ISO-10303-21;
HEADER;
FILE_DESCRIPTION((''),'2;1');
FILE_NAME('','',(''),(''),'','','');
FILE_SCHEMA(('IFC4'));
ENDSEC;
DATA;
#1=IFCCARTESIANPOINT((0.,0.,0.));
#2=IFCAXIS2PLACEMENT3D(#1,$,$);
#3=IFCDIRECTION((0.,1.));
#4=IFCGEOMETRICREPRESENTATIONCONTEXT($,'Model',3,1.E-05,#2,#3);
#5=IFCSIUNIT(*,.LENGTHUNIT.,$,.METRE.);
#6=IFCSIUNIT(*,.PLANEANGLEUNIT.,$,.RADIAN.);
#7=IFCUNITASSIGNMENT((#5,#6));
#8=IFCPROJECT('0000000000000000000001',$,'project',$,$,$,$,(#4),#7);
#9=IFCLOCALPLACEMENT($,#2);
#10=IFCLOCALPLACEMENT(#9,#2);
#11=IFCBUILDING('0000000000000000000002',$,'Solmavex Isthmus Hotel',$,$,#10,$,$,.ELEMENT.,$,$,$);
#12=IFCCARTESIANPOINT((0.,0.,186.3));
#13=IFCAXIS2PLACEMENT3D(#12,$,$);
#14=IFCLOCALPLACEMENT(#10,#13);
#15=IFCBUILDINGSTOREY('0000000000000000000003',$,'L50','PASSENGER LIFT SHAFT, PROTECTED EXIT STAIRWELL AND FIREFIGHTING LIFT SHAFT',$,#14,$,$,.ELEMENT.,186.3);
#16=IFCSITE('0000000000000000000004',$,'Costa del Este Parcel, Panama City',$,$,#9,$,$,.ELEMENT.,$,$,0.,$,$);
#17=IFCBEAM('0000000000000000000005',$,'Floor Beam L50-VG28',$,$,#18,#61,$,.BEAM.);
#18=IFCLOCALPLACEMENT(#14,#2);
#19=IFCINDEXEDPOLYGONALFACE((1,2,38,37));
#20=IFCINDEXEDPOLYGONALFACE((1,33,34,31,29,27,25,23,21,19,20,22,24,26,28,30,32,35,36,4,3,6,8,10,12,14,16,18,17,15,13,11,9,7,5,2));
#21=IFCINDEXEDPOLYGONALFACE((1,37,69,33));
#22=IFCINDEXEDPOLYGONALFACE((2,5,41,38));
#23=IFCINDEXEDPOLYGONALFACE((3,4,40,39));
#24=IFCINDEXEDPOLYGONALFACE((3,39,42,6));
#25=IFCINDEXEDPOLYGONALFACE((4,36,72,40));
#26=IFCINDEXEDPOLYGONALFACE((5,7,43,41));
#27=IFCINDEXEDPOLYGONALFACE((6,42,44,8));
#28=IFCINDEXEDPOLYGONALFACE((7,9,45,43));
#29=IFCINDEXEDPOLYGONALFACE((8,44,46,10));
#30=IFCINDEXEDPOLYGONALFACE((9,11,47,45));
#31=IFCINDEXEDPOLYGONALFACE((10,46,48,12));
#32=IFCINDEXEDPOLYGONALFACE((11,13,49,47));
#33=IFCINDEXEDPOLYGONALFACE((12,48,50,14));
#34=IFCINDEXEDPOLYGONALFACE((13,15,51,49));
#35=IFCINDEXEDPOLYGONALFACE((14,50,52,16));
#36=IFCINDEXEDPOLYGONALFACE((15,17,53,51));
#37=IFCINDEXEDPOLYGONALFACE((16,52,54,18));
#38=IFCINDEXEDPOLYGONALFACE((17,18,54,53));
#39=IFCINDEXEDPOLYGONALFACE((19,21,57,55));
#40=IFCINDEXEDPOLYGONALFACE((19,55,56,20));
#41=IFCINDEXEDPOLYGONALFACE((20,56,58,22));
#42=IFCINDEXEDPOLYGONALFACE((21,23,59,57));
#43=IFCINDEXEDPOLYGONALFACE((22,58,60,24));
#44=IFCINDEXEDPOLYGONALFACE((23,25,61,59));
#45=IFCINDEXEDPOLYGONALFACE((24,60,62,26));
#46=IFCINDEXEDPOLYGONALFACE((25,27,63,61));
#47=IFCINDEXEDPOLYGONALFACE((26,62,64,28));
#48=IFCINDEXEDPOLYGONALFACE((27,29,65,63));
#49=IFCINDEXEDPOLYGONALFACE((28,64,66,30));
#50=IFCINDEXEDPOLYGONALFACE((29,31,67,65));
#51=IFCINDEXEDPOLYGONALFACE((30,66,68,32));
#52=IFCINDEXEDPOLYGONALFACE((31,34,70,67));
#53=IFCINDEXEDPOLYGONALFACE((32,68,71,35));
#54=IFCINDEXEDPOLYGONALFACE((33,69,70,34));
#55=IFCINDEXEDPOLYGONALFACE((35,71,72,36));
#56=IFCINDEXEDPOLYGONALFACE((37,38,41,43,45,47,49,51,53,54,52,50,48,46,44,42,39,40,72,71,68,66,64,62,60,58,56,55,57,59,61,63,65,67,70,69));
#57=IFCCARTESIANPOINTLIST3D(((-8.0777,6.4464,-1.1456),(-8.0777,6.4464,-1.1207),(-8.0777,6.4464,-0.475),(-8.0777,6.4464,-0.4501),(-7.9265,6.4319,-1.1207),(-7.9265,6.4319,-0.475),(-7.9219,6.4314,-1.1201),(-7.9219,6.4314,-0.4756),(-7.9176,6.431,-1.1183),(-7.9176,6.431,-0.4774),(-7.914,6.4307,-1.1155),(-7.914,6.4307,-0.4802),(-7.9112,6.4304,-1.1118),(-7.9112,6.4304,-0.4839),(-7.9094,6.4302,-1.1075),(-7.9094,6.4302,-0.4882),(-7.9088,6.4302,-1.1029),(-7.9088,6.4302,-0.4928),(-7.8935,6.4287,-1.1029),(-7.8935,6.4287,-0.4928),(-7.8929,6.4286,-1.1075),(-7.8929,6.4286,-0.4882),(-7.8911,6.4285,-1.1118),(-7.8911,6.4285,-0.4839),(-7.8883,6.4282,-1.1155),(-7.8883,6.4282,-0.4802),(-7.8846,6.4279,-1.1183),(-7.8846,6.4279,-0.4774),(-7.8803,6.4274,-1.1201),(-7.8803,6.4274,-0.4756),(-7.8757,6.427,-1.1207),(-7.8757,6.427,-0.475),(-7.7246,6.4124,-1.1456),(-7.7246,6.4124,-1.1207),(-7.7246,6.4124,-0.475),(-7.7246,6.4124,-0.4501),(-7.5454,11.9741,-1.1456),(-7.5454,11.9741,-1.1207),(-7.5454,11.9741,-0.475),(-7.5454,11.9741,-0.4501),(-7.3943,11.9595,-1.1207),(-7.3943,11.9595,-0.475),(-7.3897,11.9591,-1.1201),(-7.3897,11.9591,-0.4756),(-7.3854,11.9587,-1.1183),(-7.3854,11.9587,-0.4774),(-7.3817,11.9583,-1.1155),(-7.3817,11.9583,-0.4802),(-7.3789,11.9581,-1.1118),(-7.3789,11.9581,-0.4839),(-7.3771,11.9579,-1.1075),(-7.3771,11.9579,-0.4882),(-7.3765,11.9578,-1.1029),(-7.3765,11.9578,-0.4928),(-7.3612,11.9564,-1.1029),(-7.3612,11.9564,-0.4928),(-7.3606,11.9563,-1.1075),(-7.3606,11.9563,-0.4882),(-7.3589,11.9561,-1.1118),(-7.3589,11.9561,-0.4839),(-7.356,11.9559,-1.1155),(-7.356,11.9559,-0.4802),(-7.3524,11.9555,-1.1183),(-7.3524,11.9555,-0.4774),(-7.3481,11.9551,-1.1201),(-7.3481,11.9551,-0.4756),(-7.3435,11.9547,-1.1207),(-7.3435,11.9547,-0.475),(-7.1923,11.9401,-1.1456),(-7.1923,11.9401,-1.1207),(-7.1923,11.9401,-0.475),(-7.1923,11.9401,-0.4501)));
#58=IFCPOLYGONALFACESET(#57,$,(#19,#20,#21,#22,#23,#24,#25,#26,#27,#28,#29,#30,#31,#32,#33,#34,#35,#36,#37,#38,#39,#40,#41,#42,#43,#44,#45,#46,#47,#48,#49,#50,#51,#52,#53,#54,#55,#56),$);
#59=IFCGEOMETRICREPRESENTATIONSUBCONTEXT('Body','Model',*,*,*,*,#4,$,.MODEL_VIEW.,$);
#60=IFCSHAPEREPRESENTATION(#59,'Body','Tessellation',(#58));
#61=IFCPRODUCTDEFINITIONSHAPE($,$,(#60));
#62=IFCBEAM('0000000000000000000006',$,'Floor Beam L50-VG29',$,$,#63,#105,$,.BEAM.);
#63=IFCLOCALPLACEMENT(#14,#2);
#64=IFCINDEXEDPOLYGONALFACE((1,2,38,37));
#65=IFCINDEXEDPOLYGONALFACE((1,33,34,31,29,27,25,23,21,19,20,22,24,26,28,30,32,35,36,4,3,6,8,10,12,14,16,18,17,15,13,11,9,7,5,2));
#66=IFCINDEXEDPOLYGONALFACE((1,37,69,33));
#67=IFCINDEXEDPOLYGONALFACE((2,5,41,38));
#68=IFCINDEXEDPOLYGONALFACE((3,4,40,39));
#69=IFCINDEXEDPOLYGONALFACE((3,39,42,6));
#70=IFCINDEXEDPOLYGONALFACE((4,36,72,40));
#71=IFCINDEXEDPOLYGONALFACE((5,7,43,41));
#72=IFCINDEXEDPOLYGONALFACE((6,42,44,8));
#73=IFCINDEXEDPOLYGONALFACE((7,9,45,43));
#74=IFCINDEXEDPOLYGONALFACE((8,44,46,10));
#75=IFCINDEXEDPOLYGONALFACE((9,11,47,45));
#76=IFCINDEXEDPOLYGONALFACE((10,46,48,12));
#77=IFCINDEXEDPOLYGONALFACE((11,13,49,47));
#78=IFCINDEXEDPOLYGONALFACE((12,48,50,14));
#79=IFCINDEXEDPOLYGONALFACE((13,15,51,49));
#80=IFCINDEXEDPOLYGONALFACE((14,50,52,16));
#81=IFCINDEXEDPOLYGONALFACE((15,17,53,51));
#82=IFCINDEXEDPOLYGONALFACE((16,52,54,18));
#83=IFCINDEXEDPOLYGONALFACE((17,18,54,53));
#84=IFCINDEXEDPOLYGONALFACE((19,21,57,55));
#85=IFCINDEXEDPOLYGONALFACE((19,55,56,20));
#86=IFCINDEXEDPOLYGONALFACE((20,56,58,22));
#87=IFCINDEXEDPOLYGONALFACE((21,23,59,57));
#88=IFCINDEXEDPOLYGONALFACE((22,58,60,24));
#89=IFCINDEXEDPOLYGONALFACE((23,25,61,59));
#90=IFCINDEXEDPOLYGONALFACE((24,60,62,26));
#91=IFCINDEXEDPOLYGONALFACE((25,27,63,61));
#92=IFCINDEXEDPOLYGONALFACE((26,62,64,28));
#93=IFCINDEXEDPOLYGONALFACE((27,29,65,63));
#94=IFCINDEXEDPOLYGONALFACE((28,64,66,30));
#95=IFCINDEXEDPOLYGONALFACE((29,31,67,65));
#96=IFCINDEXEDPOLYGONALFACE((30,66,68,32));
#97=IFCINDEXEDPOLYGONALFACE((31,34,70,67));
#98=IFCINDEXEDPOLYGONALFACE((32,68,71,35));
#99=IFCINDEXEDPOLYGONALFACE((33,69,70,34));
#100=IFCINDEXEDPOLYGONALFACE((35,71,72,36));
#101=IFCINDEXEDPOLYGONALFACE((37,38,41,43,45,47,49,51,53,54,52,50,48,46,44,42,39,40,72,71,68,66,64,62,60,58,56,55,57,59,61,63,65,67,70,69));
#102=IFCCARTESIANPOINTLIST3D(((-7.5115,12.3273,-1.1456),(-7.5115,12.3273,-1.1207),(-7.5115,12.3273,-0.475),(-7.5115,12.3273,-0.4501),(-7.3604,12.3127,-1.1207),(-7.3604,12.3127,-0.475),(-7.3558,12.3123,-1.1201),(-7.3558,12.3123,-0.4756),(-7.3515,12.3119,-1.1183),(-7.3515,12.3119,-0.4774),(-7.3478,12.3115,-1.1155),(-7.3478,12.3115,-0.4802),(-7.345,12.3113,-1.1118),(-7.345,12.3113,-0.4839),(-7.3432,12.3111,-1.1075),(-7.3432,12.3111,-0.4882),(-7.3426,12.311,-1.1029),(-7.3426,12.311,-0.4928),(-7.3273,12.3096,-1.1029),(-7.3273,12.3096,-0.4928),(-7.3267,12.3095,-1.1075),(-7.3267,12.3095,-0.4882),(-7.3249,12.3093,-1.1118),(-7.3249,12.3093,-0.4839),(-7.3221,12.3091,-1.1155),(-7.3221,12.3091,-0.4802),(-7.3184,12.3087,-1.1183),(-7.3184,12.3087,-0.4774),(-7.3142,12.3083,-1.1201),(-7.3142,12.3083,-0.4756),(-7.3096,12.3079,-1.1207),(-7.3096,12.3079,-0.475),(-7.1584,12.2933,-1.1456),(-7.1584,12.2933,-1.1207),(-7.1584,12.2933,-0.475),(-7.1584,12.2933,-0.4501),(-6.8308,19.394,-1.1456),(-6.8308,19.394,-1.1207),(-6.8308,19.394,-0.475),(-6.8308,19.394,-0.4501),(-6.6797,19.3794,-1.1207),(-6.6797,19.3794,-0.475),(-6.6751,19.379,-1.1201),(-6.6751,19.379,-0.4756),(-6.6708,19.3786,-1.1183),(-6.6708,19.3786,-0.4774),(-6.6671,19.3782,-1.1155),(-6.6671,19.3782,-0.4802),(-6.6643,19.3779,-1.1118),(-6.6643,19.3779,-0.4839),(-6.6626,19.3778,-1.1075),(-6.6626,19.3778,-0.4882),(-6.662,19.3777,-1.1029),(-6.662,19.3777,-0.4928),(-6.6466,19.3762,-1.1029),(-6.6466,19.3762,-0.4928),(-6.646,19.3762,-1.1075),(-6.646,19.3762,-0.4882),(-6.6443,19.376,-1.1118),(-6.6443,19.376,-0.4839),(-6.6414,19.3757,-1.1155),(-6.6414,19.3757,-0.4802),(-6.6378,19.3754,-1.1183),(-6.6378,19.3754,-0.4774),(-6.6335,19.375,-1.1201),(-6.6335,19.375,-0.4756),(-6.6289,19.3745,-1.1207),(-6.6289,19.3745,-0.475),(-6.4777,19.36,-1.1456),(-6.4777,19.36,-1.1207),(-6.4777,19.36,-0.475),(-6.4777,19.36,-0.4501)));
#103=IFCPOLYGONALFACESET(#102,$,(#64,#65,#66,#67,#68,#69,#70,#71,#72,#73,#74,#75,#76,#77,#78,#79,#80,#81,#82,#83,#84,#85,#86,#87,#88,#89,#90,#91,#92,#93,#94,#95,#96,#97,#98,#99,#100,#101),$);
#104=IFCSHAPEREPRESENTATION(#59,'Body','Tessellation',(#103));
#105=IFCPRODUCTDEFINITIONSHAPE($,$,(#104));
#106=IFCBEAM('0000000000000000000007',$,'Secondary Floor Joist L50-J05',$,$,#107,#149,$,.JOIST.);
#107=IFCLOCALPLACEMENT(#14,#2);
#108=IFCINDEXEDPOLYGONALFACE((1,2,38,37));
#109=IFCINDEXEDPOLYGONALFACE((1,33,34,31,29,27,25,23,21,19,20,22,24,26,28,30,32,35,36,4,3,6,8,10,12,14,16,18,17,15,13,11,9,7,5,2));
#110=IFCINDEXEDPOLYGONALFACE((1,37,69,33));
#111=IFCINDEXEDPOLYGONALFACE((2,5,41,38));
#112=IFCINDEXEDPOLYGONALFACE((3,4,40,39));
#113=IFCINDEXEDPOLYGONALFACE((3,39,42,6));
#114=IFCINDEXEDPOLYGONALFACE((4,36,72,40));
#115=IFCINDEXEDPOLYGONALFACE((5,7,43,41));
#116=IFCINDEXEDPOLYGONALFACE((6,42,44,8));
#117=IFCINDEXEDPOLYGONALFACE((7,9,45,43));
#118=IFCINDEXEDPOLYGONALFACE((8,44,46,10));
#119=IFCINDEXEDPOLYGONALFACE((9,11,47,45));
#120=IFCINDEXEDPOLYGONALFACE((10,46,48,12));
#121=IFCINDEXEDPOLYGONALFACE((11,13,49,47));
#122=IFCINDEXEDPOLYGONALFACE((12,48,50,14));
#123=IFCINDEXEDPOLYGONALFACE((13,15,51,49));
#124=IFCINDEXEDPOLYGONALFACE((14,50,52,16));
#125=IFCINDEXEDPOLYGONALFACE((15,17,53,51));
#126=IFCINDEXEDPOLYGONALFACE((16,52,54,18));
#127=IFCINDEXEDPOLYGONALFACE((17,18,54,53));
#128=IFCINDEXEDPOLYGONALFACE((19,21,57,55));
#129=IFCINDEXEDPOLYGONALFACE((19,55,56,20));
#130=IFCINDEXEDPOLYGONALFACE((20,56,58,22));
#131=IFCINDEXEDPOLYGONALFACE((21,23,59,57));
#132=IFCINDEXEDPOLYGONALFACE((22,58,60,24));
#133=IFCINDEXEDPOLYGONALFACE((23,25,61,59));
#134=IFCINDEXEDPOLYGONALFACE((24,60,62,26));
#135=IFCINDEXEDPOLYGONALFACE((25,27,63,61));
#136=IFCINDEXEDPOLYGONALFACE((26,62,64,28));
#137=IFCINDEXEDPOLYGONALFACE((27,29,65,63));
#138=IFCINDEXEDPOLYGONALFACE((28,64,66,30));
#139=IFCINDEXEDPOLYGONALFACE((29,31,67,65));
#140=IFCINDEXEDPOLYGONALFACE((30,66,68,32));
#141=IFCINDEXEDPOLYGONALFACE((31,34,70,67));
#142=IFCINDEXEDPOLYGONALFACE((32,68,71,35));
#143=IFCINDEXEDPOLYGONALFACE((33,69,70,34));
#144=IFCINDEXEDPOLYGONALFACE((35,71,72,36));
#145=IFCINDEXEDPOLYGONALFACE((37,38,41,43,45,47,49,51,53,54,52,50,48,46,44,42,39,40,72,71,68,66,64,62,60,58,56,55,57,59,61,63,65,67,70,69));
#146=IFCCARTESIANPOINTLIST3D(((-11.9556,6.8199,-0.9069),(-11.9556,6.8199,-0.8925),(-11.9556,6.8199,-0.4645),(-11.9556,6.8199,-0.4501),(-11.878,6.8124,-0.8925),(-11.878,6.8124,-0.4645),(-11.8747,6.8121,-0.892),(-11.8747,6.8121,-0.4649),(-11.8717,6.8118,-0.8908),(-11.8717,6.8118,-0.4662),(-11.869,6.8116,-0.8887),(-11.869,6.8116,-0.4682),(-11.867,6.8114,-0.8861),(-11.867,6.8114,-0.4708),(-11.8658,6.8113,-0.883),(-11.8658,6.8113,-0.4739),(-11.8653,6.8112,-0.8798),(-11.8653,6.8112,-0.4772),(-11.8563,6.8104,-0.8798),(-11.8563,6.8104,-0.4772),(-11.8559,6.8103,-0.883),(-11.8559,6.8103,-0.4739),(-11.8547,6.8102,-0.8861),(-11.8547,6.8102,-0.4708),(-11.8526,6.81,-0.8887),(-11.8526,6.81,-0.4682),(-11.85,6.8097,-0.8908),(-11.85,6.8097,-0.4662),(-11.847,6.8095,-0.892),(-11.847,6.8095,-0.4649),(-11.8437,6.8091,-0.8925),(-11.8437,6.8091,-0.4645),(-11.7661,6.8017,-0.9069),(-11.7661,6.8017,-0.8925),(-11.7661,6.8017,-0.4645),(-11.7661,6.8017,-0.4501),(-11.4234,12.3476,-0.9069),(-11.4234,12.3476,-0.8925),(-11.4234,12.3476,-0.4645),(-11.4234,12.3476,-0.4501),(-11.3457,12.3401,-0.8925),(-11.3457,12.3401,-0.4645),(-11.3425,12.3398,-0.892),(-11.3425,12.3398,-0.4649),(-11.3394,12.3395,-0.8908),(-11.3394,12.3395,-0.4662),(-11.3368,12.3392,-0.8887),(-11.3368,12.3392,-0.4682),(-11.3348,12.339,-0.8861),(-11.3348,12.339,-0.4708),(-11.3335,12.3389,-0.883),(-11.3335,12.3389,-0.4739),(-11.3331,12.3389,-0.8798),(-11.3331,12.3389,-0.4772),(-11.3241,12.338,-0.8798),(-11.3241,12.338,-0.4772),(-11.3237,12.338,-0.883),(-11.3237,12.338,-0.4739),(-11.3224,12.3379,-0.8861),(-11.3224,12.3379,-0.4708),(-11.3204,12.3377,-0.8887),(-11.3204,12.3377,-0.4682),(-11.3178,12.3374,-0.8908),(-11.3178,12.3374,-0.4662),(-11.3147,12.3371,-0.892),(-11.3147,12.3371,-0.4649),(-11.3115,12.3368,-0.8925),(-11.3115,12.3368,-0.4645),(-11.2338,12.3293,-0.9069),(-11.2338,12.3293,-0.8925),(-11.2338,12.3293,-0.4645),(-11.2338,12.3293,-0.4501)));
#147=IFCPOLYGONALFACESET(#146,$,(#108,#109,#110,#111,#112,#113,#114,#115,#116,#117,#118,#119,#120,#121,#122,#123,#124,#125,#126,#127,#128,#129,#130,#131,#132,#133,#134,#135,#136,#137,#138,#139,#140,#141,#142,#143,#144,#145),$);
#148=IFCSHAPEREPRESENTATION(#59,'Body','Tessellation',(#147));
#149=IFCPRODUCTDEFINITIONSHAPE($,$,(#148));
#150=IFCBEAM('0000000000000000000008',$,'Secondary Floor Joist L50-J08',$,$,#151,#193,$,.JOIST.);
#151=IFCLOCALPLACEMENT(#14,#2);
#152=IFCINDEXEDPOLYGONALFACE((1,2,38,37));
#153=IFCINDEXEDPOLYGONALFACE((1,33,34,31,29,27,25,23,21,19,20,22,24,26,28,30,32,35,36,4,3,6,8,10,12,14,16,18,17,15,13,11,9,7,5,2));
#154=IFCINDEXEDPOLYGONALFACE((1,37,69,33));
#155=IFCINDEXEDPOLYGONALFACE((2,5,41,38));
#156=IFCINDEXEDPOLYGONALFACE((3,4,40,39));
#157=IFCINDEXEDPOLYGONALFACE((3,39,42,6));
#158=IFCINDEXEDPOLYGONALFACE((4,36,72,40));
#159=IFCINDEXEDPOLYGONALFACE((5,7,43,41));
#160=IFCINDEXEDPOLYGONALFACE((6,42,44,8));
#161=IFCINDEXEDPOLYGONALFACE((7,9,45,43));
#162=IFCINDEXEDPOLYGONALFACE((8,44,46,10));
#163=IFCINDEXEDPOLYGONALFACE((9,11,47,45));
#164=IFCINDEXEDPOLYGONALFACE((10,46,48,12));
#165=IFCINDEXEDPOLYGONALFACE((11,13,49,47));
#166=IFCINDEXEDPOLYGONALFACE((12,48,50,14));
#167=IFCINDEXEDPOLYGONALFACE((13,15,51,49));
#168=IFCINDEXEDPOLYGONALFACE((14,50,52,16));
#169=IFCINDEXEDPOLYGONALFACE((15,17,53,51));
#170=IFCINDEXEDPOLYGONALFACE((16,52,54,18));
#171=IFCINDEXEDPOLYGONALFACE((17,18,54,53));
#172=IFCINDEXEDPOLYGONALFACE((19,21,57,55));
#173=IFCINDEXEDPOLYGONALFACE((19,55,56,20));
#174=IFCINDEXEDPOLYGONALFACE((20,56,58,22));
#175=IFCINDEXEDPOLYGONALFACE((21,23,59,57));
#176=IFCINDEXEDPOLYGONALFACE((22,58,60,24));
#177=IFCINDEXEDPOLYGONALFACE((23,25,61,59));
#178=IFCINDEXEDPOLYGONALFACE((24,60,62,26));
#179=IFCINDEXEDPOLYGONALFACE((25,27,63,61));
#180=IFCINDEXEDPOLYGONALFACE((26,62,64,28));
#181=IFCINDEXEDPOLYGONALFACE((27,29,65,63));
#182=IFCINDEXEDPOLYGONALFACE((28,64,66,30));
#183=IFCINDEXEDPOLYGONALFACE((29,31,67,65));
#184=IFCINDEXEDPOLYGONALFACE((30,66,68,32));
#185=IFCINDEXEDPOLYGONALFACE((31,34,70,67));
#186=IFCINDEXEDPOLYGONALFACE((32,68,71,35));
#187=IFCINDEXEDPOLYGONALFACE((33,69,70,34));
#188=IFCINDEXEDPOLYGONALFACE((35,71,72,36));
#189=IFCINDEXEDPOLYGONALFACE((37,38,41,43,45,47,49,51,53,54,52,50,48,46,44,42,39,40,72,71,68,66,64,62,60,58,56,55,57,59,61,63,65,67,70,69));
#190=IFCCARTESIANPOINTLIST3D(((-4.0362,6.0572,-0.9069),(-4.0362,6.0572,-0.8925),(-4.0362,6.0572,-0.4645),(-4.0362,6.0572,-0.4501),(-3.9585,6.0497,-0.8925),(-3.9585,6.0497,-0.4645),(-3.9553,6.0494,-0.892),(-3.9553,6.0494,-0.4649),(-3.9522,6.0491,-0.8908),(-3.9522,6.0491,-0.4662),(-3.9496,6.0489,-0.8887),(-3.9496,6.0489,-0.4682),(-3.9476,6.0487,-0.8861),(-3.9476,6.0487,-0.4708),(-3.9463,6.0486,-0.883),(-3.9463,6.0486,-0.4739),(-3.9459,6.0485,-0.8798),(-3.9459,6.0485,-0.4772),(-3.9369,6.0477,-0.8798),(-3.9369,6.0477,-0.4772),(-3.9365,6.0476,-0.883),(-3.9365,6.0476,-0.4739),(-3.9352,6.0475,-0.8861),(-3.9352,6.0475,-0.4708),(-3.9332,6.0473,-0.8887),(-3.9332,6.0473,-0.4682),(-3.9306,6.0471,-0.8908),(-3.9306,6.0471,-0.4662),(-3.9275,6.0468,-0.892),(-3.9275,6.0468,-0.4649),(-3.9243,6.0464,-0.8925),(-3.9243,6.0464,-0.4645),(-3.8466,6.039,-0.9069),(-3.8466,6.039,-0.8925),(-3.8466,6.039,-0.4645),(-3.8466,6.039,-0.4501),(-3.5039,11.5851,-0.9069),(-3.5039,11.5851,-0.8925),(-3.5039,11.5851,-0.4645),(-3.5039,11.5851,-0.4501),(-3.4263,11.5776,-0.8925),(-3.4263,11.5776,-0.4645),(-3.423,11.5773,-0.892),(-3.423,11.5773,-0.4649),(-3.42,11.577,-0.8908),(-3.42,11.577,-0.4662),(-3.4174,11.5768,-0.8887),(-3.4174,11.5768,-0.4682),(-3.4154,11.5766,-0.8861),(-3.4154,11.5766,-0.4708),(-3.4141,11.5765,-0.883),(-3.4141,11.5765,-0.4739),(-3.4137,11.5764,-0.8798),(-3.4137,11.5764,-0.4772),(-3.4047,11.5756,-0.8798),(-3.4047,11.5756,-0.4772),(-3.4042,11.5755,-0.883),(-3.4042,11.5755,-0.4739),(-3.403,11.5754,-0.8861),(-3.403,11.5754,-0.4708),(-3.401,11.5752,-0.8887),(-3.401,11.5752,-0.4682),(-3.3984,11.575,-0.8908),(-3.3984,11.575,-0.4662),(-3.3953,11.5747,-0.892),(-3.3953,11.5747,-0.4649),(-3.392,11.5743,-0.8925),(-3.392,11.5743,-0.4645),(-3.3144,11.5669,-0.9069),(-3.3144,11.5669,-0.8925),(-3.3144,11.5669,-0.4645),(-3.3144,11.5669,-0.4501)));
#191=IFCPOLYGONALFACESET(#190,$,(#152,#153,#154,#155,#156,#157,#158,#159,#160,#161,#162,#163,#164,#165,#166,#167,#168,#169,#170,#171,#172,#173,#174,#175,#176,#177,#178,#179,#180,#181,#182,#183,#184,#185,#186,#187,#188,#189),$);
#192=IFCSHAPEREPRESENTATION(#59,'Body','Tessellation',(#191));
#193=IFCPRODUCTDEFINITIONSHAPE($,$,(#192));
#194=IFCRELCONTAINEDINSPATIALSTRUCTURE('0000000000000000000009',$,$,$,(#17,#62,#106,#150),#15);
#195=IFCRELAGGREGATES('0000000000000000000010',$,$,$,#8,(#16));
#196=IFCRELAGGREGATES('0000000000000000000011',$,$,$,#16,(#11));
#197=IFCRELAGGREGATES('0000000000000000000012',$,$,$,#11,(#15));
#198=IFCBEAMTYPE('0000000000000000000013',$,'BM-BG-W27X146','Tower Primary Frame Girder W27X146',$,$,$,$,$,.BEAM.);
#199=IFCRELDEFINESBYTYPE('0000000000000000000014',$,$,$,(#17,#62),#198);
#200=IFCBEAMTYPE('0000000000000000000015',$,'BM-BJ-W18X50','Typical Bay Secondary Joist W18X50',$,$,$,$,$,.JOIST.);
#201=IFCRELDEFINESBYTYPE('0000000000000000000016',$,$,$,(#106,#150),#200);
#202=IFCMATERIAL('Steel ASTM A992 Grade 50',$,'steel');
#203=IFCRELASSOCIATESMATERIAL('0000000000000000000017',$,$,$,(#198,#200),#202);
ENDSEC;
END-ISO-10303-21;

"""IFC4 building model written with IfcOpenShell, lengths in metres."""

from ifc_helpers import new_model, si_unit, direction, frame, origin, origin_2d, place, context, subcontext, project, spatial, i_section, extrude, material, material_profile, profile_set, type_object, element, save


model = new_model("IFC4")

# Units and contexts
model_context = context("Model", 3, precision=1e-05, world=origin(), true_north=direction((0.0, 1.0)))
body_context = subcontext(model_context, "Body", "Model", "MODEL_VIEW")
ifc_project = project(units=[si_unit("LENGTHUNIT", "METRE"), si_unit("PLANEANGLEUNIT", "RADIAN")], contexts=[model_context])

# Site, building, storey
site_placement = place(None, origin())
site = spatial("IfcSite", under=ifc_project, at=site_placement, Name="Costa del Este Parcel, Panama City", CompositionType="ELEMENT", RefElevation=0.0)
building_placement = place(site_placement, origin())
building = spatial("IfcBuilding", under=site, at=building_placement, Name="Solmavex Isthmus Hotel", CompositionType="ELEMENT")
storey_placement = place(building_placement, frame((0.0, 0.0, 186.3)))
storey = spatial("IfcBuildingStorey", under=building, at=storey_placement, Name="L50", Description="PASSENGER LIFT SHAFT, PROTECTED EXIT STAIRWELL AND FIREFIGHTING LIFT SHAFT", CompositionType="ELEMENT", Elevation=186.3)

# Beams
ifc_material_1 = material(Name="Steel ASTM A992 Grade 50", Category="steel")
ifc_material_profile_1 = material_profile(ifc_material_1, i_section(OverallWidth=0.3547, OverallDepth=0.6956, WebThickness=0.0154, FlangeThickness=0.0249, FilletRadius=0.0178, at=origin_2d()), Name="W27X146")
ifc_profile_set_1 = profile_set([ifc_material_profile_1], Name="Steel ASTM A992 Grade 50")
beam_type_1 = type_object("IfcBeamType", Name="BM-BG-W27X146", Description="Tower Primary Frame Girder W27X146", PredefinedType="BEAM", material=ifc_profile_set_1)
beam_1_placement = place(storey_placement, frame((-7.9011, 6.4294, -0.7979), z_axis=(0.095842, 0.995397, 0.0), x_axis=(-0.995397, 0.095842, 0.0)))
element("IfcBeam", 1, at=beam_1_placement, inside=storey, type_object=beam_type_1, Name="Floor Beam L50-VG28", PredefinedType="BEAM", context=body_context, shape_type="SweptSolid", body=[
    extrude(i_section(OverallWidth=0.3547, OverallDepth=0.6956, WebThickness=0.0154, FlangeThickness=0.0249, FilletRadius=0.0178, at=origin_2d()), origin(), (0.0, 0.0, 1.0), 5.5532),
])
beam_2_placement = place(storey_placement, frame((-7.335, 12.3103, -0.7979), z_axis=(0.095877, 0.995393, 0.0), x_axis=(-0.995393, 0.095877, 0.0)))
element("IfcBeam", 2, at=beam_2_placement, inside=storey, type_object=beam_type_1, Name="Floor Beam L50-VG29", PredefinedType="BEAM", context=body_context, shape_type="SweptSolid", body=[
    extrude(i_section(OverallWidth=0.3547, OverallDepth=0.6956, WebThickness=0.0154, FlangeThickness=0.0249, FilletRadius=0.0178, at=origin_2d()), origin(), (0.0, 0.0, 1.0), 7.0994),
])
ifc_material_profile_2 = material_profile(ifc_material_1, i_section(OverallWidth=0.1904, OverallDepth=0.4568, WebThickness=0.009, FlangeThickness=0.0144, FilletRadius=0.0127, at=origin_2d()), Name="W18X50")
ifc_profile_set_2 = profile_set([ifc_material_profile_2], Name="Steel ASTM A992 Grade 50")
beam_type_2 = type_object("IfcBeamType", Name="BM-BJ-W18X50", Description="Typical Bay Secondary Joist W18X50", PredefinedType="JOIST", material=ifc_profile_set_2)
beam_3_placement = place(storey_placement, frame((-11.8608, 6.8108, -0.6785), z_axis=(0.095842, 0.995397, 0.0), x_axis=(-0.995397, 0.095842, 0.0)))
element("IfcBeam", 3, at=beam_3_placement, inside=storey, type_object=beam_type_2, Name="Secondary Floor Joist L50-J05", PredefinedType="JOIST", context=body_context, shape_type="SweptSolid", body=[
    extrude(i_section(OverallWidth=0.1904, OverallDepth=0.4568, WebThickness=0.009, FlangeThickness=0.0144, FilletRadius=0.0127, at=origin_2d()), origin(), (0.0, 0.0, 1.0), 5.5532),
])
beam_4_placement = place(storey_placement, frame((-3.9414, 6.0481, -0.6785), z_axis=(0.095838, 0.995397, 0.0), x_axis=(-0.995397, 0.095838, 0.0)))
element("IfcBeam", 4, at=beam_4_placement, inside=storey, type_object=beam_type_2, Name="Secondary Floor Joist L50-J08", PredefinedType="JOIST", context=body_context, shape_type="SweptSolid", body=[
    extrude(i_section(OverallWidth=0.1904, OverallDepth=0.4568, WebThickness=0.009, FlangeThickness=0.0144, FilletRadius=0.0127, at=origin_2d()), origin(), (0.0, 0.0, 1.0), 5.5535),
])

save(model, "model.ifc")
